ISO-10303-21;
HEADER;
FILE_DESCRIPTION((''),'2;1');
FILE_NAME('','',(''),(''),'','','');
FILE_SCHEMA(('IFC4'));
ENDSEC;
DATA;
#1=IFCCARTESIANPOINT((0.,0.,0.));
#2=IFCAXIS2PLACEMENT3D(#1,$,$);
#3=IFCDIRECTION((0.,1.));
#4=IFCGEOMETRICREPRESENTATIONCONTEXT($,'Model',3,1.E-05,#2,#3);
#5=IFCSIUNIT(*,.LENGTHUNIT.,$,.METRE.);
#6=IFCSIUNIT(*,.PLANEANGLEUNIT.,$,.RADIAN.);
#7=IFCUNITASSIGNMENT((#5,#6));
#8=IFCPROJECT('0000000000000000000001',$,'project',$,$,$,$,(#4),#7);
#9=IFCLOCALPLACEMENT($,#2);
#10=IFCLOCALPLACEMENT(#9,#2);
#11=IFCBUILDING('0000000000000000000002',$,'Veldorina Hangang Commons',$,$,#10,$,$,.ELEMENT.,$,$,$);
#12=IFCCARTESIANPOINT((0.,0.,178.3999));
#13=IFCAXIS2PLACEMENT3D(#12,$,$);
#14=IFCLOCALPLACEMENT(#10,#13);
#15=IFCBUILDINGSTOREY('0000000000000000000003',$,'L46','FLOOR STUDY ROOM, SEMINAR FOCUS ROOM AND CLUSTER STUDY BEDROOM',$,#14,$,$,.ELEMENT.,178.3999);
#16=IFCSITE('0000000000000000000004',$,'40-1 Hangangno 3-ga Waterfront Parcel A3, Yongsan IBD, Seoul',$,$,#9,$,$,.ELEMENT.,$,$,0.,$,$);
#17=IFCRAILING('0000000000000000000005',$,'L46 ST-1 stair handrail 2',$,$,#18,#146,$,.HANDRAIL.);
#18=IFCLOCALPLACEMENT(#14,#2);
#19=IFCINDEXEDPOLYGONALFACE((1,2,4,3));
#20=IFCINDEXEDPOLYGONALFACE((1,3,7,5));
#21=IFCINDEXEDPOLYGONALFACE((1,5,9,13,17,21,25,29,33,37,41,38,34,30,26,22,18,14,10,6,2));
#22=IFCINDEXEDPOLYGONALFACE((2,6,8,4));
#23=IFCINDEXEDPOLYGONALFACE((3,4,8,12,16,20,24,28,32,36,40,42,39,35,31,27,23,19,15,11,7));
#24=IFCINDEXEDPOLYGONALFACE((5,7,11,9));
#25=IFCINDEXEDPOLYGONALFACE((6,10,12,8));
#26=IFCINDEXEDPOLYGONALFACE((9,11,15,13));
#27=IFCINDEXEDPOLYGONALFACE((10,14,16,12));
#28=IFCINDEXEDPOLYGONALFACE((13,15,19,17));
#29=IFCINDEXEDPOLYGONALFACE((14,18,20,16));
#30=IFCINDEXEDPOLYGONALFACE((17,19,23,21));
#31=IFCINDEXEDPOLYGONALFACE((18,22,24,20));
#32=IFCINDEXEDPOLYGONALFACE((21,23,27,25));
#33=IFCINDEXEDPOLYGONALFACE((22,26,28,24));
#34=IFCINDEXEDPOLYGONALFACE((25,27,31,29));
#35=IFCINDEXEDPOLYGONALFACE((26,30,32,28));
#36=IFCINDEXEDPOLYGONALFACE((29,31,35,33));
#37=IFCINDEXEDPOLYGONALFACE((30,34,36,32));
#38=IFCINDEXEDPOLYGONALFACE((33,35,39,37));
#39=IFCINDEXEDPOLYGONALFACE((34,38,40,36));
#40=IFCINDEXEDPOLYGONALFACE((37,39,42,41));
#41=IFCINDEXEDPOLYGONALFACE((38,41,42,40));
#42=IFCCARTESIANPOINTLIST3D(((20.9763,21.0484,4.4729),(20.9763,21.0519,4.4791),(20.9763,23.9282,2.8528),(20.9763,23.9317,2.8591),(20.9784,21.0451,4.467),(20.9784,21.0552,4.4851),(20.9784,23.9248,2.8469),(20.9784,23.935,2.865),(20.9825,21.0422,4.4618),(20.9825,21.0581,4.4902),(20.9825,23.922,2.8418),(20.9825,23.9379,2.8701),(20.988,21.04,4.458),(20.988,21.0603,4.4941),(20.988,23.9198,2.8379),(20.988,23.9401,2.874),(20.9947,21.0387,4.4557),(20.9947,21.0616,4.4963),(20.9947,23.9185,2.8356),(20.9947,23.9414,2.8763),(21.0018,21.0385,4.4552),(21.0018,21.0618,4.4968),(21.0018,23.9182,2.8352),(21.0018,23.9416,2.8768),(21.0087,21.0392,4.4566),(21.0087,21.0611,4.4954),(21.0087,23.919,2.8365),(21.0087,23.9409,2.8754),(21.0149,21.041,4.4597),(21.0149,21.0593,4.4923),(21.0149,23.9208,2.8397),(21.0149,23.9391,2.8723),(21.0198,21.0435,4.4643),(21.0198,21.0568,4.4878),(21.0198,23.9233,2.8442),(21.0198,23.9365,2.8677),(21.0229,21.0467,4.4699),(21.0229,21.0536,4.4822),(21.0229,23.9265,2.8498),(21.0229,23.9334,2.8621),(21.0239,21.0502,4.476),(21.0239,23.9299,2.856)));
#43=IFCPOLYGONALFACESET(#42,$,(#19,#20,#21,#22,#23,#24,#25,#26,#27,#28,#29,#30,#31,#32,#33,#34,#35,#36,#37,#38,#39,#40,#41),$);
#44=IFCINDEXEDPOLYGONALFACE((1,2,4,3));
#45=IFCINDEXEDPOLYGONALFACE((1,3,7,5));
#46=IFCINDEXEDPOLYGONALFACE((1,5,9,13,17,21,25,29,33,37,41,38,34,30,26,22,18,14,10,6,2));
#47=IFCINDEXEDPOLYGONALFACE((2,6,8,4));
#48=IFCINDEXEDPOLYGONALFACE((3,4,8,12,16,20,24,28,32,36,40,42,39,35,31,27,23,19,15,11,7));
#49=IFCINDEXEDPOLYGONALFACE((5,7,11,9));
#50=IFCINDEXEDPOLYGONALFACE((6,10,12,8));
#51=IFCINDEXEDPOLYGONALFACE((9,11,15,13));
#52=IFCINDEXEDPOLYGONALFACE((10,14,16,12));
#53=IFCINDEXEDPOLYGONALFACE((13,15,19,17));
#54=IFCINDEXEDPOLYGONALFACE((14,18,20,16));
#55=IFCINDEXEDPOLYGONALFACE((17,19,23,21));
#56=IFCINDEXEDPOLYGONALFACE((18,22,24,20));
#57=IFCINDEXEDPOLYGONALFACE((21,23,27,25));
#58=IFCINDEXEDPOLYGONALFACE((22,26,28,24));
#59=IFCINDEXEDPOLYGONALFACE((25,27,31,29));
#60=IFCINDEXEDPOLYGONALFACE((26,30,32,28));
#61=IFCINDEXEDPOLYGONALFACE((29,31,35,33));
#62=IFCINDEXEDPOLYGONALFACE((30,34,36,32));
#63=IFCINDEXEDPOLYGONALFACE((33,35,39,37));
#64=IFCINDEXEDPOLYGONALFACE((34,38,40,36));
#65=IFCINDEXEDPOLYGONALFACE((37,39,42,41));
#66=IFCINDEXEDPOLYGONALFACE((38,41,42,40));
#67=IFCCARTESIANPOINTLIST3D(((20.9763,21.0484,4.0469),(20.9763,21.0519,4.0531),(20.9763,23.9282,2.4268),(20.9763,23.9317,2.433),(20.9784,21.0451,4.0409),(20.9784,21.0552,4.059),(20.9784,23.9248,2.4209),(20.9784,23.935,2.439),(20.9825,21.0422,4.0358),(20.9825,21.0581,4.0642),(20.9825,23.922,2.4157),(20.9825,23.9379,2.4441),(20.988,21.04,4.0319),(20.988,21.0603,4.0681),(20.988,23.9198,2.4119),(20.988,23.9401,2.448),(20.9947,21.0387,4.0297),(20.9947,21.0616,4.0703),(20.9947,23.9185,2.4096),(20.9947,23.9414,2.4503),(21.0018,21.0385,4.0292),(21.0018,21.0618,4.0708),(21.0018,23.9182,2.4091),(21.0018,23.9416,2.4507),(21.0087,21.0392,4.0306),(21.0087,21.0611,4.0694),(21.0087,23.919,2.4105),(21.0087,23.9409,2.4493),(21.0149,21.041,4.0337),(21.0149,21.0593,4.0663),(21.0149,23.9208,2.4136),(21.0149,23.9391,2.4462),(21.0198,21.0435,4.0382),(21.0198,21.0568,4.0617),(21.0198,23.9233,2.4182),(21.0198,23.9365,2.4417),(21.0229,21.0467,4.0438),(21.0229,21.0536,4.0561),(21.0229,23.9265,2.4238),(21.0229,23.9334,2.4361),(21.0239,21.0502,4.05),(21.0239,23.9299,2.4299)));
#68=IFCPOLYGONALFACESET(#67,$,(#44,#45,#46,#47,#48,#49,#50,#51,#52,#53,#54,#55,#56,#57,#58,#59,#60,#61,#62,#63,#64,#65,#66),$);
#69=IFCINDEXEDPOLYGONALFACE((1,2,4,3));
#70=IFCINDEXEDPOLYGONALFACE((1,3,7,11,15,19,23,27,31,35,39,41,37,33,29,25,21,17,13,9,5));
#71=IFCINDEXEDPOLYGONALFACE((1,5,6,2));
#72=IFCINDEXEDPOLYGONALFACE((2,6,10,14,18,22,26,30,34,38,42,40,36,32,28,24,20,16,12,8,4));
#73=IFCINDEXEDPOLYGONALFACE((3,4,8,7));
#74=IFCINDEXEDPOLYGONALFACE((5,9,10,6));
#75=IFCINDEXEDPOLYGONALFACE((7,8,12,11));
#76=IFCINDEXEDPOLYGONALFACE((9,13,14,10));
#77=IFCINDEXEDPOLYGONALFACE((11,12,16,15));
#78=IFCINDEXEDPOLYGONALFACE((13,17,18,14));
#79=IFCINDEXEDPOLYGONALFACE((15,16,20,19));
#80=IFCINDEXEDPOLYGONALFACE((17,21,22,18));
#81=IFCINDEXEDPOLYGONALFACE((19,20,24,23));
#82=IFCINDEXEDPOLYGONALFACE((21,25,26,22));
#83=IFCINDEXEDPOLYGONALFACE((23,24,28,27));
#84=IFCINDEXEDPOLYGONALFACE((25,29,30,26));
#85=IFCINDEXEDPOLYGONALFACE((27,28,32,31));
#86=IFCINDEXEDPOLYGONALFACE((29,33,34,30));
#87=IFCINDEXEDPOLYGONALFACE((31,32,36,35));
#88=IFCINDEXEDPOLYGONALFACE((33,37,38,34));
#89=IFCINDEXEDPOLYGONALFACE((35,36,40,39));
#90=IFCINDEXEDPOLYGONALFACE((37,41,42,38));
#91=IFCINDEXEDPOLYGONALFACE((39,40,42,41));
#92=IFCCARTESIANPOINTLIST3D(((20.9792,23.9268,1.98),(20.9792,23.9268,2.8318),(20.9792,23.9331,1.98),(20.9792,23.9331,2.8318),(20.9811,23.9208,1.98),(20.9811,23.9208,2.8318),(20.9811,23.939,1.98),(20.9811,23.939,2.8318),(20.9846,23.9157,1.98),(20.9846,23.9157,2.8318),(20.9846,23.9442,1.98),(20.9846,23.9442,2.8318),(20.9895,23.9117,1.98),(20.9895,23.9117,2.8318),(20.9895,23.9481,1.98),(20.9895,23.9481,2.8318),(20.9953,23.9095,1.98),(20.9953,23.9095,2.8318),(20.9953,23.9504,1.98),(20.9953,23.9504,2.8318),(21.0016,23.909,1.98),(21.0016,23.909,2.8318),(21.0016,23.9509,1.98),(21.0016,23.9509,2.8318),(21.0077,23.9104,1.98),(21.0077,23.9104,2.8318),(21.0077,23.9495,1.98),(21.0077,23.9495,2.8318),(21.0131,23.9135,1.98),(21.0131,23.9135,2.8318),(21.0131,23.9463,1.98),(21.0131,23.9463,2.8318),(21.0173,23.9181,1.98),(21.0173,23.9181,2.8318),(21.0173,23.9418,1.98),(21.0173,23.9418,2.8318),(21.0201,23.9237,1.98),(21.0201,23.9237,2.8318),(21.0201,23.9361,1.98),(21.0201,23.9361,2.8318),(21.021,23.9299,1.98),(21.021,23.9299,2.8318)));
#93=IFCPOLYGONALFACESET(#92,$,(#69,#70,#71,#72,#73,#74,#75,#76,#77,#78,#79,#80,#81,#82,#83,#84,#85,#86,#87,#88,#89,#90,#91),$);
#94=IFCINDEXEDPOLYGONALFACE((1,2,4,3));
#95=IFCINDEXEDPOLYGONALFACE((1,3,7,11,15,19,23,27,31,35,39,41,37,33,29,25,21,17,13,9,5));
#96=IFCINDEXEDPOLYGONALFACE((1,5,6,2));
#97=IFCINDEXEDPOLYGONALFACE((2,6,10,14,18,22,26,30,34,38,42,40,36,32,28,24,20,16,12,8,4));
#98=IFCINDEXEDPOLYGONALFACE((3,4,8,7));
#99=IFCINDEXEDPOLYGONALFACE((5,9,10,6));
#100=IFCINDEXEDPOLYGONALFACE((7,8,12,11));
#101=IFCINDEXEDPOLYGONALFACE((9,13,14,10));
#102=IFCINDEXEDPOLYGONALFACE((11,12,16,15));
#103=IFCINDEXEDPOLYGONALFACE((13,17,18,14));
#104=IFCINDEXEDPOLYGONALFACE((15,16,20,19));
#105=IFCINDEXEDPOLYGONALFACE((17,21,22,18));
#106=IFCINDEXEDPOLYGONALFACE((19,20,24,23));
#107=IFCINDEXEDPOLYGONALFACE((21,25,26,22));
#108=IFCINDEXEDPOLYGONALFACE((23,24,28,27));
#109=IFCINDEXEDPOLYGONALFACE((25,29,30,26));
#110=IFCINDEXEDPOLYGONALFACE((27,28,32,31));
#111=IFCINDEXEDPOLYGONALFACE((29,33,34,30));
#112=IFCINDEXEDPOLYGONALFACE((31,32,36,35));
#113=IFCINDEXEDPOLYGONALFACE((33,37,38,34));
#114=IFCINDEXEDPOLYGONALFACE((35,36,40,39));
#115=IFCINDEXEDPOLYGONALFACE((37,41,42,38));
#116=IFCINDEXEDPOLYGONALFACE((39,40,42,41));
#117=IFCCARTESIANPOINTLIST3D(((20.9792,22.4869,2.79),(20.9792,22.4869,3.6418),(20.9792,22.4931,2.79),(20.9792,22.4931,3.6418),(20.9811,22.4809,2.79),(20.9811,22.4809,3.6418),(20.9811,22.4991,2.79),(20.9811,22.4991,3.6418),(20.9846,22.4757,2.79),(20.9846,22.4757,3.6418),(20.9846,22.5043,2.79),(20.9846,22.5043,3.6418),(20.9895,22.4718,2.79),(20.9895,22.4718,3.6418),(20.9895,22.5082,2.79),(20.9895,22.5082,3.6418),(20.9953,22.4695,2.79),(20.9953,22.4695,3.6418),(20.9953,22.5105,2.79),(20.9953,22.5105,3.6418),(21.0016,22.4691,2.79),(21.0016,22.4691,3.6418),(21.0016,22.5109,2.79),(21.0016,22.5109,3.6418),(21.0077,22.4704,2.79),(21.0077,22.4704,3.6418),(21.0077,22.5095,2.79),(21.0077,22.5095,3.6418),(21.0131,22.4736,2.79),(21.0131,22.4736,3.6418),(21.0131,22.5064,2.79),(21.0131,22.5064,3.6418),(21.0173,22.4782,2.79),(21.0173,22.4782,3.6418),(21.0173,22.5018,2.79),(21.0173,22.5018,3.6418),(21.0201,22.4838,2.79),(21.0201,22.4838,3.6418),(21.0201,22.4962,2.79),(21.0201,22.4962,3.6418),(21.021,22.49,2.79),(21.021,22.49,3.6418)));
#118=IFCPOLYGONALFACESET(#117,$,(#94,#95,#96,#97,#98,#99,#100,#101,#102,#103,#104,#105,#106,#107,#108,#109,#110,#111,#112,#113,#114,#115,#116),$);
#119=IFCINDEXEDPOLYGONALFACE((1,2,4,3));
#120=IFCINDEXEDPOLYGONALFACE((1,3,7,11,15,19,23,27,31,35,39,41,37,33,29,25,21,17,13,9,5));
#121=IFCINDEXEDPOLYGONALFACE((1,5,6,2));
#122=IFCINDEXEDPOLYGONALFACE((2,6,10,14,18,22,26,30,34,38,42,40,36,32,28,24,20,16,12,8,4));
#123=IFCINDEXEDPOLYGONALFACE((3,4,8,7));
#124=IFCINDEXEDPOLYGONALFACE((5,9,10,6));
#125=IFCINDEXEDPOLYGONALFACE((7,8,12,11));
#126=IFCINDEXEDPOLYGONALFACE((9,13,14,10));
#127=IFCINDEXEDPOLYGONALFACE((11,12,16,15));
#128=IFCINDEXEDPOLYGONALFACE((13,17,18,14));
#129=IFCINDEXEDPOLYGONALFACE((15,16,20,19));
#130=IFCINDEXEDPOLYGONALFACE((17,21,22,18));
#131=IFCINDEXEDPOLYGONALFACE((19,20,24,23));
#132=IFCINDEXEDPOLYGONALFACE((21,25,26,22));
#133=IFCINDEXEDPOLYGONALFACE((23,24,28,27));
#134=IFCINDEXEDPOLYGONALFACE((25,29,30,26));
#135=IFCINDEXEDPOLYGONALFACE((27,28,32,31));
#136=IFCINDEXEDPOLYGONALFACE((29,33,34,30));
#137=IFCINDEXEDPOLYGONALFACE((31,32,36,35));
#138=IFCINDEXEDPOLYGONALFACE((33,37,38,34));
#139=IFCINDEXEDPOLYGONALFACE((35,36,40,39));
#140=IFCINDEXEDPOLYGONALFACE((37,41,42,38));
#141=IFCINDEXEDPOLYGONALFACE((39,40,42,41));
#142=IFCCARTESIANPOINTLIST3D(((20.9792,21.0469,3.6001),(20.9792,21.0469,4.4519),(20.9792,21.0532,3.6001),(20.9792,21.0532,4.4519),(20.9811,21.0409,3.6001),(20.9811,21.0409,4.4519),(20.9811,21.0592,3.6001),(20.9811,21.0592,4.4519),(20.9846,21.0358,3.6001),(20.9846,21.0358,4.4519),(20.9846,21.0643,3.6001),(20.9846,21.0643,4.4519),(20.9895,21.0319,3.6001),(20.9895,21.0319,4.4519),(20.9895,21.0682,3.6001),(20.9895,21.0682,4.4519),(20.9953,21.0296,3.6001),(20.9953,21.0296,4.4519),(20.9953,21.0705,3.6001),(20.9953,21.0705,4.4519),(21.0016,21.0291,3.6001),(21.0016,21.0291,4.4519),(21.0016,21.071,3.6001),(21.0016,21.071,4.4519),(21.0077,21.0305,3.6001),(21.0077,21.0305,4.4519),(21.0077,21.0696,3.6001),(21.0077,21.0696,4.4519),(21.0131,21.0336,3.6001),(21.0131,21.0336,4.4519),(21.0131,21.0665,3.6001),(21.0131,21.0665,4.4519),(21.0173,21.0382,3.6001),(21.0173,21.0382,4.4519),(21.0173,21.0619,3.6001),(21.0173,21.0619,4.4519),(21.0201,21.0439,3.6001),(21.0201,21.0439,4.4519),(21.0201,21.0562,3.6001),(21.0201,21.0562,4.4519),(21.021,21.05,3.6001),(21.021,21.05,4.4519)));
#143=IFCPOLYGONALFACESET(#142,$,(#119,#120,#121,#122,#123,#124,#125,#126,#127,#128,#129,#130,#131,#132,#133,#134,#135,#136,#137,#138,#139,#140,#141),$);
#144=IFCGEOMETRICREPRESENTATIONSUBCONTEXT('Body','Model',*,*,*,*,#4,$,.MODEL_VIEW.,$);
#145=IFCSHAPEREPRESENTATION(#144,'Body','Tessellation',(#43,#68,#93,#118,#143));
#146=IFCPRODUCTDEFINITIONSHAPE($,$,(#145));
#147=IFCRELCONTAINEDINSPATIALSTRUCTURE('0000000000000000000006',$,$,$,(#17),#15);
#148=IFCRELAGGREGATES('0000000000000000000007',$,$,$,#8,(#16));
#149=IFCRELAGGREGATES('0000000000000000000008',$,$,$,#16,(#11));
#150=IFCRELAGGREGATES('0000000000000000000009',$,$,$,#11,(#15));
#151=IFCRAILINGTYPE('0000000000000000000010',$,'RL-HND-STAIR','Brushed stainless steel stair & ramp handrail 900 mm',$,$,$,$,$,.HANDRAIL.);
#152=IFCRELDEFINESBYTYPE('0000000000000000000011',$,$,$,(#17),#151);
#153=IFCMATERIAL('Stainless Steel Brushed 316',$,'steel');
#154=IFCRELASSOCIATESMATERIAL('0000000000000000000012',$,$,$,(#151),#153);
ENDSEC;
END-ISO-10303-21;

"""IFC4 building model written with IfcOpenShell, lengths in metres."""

from ifc_helpers import new_model, si_unit, direction, frame, origin, origin_2d, place, context, subcontext, project, spatial, circle, extrude, material, type_object, element, save


model = new_model("IFC4")

# Units and contexts
model_context = context("Model", 3, precision=1e-05, world=origin(), true_north=direction((0.0, 1.0)))
body_context = subcontext(model_context, "Body", "Model", "MODEL_VIEW")
ifc_project = project(units=[si_unit("LENGTHUNIT", "METRE"), si_unit("PLANEANGLEUNIT", "RADIAN")], contexts=[model_context])

# Site, building, storey
site_placement = place(None, origin())
site = spatial("IfcSite", under=ifc_project, at=site_placement, Name="40-1 Hangangno 3-ga Waterfront Parcel A3, Yongsan IBD, Seoul", CompositionType="ELEMENT", RefElevation=0.0)
building_placement = place(site_placement, origin())
building = spatial("IfcBuilding", under=site, at=building_placement, Name="Veldorina Hangang Commons", CompositionType="ELEMENT")
storey_placement = place(building_placement, frame((0.0, 0.0, 178.3999)))
storey = spatial("IfcBuildingStorey", under=building, at=storey_placement, Name="L46", Description="FLOOR STUDY ROOM, SEMINAR FOCUS ROOM AND CLUSTER STUDY BEDROOM", CompositionType="ELEMENT", Elevation=178.3999)

# Railing
ifc_material_1 = material(Name="Stainless Steel Brushed 316", Category="steel")
railing_type_1 = type_object("IfcRailingType", Name="RL-HND-STAIR", Description="Brushed stainless steel stair & ramp handrail 900 mm", PredefinedType="HANDRAIL", material=ifc_material_1)
railing_1_placement = place(storey_placement, frame((21.0, 23.9299, 1.98)))
element("IfcRailing", 1, at=railing_1_placement, inside=storey, type_object=railing_type_1, Name="L46 ST-1 stair handrail 2", PredefinedType="HANDRAIL", context=body_context, shape_type="SweptSolid", body=[
    extrude(circle(Radius=0.0239, at=origin_2d()), frame((0.0, 0.0, 0.876), z_axis=(0.0, -0.871552, 0.490303), x_axis=(1.0, 0.0, 0.0)), (0.0, 0.0, 1.0), 3.3042),
    extrude(circle(Radius=0.0239, at=origin_2d()), frame((0.0, 0.0, 0.45), z_axis=(0.0, -0.871552, 0.490303), x_axis=(1.0, 0.0, 0.0)), (0.0, 0.0, 1.0), 3.3042),
    extrude(circle(Radius=0.021, at=origin_2d()), origin(), (0.0, 0.0, 1.0), 0.8518),
    extrude(circle(Radius=0.021, at=origin_2d()), frame((0.0, -1.4399, 0.8101)), (0.0, 0.0, 1.0), 0.8518),
    extrude(circle(Radius=0.021, at=origin_2d()), frame((0.0, -2.8799, 1.6201)), (0.0, 0.0, 1.0), 0.8518),
])

save(model, "model.ifc")
